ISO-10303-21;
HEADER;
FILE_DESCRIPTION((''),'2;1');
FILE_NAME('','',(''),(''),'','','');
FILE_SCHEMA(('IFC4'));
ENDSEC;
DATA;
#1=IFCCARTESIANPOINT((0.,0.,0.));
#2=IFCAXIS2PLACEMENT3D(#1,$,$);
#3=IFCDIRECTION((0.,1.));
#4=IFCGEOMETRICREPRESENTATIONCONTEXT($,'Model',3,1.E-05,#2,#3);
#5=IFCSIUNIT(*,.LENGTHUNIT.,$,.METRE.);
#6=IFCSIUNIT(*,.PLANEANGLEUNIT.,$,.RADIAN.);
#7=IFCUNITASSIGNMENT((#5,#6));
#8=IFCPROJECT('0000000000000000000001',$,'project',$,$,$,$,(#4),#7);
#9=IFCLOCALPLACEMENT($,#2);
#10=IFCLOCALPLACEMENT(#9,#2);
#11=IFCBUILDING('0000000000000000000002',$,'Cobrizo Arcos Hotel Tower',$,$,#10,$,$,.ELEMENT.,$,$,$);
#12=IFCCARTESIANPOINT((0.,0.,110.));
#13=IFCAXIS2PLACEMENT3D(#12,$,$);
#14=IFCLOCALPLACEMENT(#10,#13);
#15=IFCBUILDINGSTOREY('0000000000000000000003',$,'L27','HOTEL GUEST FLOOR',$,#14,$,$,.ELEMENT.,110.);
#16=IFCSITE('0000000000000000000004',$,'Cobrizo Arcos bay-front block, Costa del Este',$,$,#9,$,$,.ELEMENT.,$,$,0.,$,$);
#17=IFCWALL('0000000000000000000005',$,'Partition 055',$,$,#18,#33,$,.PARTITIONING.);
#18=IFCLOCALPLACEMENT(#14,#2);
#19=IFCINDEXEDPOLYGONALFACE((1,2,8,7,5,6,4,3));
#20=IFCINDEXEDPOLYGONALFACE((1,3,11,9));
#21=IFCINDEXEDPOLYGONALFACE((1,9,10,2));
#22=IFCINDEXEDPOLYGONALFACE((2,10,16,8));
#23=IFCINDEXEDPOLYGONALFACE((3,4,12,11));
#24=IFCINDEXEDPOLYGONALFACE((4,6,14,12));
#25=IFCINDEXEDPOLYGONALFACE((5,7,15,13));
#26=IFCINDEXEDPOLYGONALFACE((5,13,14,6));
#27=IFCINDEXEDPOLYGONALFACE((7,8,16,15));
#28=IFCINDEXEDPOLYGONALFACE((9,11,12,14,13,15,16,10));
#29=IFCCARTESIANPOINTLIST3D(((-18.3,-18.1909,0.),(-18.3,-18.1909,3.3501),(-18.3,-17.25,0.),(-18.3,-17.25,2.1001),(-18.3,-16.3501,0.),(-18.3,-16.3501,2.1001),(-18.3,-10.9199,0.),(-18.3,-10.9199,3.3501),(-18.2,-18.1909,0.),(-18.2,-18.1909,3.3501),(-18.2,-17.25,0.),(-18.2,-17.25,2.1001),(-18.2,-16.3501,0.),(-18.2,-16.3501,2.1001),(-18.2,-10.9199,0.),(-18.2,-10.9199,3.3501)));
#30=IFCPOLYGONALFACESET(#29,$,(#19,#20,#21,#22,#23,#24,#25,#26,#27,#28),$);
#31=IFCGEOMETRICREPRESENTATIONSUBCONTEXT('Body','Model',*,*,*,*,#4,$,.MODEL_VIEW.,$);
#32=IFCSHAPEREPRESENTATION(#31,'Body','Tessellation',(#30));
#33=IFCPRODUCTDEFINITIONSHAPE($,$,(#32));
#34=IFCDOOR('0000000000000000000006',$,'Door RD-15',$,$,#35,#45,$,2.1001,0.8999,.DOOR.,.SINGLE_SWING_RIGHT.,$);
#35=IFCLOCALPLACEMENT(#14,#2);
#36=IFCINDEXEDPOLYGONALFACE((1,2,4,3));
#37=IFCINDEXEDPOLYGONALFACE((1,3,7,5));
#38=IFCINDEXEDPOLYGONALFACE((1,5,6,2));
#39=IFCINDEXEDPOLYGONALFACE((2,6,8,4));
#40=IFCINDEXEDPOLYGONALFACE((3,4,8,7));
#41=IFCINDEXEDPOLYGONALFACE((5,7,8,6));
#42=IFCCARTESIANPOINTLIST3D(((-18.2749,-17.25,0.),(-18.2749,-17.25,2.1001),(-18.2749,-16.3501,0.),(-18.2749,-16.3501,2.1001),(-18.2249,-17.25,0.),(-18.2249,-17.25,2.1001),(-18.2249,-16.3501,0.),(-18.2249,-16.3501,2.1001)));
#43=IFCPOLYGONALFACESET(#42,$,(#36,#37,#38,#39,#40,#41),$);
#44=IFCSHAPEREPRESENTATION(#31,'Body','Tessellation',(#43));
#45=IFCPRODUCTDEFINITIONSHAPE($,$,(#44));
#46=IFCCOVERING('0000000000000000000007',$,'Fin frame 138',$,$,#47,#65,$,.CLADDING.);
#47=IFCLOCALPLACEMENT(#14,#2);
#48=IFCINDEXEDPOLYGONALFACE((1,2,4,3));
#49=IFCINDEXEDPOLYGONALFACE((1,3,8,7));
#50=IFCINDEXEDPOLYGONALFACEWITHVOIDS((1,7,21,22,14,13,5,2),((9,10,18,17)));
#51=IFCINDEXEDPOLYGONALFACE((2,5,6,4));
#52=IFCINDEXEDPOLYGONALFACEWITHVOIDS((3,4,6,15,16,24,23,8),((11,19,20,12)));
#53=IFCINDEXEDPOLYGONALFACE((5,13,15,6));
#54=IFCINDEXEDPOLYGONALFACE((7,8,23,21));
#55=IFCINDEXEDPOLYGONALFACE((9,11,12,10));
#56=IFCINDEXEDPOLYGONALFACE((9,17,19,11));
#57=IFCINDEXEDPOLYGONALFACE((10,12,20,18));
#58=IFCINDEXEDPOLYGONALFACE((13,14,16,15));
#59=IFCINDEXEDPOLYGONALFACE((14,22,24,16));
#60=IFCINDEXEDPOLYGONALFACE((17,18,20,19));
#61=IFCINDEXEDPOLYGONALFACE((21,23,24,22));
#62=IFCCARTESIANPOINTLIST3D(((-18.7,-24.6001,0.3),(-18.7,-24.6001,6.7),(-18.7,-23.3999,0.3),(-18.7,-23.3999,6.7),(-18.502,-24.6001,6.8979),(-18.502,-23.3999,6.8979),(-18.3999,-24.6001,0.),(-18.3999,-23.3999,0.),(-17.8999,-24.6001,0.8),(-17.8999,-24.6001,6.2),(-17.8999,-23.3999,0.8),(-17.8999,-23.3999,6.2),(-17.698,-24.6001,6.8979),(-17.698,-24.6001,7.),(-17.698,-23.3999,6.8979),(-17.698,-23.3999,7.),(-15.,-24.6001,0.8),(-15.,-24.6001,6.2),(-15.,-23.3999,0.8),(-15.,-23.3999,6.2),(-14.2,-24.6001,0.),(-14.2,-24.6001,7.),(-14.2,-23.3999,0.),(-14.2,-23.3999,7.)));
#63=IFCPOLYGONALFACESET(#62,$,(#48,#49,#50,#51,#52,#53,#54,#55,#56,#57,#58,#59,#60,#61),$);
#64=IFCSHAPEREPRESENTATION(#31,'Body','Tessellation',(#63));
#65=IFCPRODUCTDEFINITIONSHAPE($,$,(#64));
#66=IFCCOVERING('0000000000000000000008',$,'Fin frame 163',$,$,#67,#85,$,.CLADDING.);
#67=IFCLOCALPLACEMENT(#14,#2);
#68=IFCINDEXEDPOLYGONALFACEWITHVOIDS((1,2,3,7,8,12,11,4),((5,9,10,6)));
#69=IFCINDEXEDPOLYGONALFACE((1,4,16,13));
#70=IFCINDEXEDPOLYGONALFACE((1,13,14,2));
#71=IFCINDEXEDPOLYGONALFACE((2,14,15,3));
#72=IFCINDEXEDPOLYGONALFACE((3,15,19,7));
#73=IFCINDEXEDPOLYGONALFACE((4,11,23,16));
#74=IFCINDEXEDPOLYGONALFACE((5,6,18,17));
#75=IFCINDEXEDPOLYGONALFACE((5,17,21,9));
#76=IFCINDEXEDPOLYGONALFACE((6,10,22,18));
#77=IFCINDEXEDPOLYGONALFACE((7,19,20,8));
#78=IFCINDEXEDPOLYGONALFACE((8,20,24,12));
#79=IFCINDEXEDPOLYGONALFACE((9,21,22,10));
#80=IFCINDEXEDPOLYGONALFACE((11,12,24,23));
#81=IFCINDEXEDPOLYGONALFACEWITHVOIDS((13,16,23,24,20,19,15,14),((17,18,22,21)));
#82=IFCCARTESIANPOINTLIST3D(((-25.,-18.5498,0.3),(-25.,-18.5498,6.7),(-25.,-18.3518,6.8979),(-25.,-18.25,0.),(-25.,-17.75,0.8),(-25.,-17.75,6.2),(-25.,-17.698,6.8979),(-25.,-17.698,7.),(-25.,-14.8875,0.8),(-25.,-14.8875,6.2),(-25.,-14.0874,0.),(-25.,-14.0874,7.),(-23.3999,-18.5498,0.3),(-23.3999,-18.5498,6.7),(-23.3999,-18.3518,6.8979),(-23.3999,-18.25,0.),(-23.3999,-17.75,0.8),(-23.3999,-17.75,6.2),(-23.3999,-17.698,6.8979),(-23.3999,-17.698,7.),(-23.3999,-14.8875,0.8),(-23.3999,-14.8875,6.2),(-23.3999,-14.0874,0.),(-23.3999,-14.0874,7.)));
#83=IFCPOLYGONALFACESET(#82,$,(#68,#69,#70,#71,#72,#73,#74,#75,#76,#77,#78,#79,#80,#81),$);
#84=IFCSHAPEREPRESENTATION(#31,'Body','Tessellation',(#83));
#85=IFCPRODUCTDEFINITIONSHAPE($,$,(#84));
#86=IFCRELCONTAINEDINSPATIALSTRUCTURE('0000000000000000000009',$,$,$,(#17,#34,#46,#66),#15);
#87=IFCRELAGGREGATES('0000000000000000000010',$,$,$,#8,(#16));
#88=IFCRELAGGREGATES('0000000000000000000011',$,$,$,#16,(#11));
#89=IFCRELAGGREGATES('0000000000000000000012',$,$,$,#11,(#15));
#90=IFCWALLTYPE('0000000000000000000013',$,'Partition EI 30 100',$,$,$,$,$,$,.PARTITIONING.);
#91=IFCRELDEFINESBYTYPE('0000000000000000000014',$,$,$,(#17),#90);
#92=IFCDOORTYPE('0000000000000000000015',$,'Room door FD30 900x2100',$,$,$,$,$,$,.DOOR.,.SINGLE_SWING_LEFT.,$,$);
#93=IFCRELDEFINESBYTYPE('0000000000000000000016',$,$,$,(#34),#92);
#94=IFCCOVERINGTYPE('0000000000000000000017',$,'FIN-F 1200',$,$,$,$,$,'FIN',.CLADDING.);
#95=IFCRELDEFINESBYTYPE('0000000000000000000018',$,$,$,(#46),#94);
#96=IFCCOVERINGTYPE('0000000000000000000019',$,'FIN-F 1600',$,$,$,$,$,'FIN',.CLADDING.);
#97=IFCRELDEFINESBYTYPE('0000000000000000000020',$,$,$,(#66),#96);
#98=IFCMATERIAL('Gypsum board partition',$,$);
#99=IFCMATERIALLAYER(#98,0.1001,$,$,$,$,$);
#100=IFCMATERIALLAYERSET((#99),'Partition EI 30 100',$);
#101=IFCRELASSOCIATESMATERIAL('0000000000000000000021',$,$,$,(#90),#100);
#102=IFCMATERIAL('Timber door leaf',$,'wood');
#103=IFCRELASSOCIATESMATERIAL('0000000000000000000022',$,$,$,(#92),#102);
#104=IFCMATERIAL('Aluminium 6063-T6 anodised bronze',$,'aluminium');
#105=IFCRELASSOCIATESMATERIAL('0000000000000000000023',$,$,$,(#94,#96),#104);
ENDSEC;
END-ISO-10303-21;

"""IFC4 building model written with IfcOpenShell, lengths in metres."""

from ifc_helpers import new_model, si_unit, direction, frame, frame_2d, origin, place, context, subcontext, project, spatial, polyline, rectangle, outline, extrude, material, layer, layer_set, type_object, element, fill, save


model = new_model("IFC4")

# Units and contexts
model_context = context("Model", 3, precision=1e-05, world=origin(), true_north=direction((0.0, 1.0)))
body_context = subcontext(model_context, "Body", "Model", "MODEL_VIEW")
ifc_project = project(units=[si_unit("LENGTHUNIT", "METRE"), si_unit("PLANEANGLEUNIT", "RADIAN")], contexts=[model_context])

# Site, building, storey
site_placement = place(None, origin())
site = spatial("IfcSite", under=ifc_project, at=site_placement, Name="Cobrizo Arcos bay-front block, Costa del Este", CompositionType="ELEMENT", RefElevation=0.0)
building_placement = place(site_placement, origin())
building = spatial("IfcBuilding", under=site, at=building_placement, Name="Cobrizo Arcos Hotel Tower", CompositionType="ELEMENT")
storey_placement = place(building_placement, frame((0.0, 0.0, 110.0)))
storey = spatial("IfcBuildingStorey", under=building, at=storey_placement, Name="L27", Description="HOTEL GUEST FLOOR", CompositionType="ELEMENT", Elevation=110.0)

# Shared definitions
ifc_material_1 = material(Name="Aluminium 6063-T6 anodised bronze", Category="aluminium")

# Shared definitions
ifc_material_2 = material(Name="Gypsum board partition")
ifc_layer_1 = layer(ifc_material_2, 0.1001)
ifc_layer_set_1 = layer_set([ifc_layer_1], Name="Partition EI 30 100")
wall_type = type_object("IfcWallType", Name="Partition EI 30 100", PredefinedType="PARTITIONING", material=ifc_layer_set_1)

# Wall, opening, door
ifc_material_3 = material(Name="Timber door leaf", Category="wood")
wall_1_placement = place(storey_placement, frame((-18.25, -18.1909, 0.0), z_axis=(0.0, 0.0, 1.0), x_axis=(0.0, 1.0, 0.0)))
wall_1 = element("IfcWall", 1, at=wall_1_placement, inside=storey, type_object=wall_type, Name="Partition 055", PredefinedType="PARTITIONING", context=body_context, shape_type="SweptSolid", body=[
    extrude(rectangle(XDim=7.271, YDim=0.1001, at=frame_2d((3.6355, 0.0))), origin(), (0.0, 0.0, 1.0), 3.3501),
])
opening_1_placement = place(wall_1_placement, frame((0.9409, 0.0, 0.0)))
opening_1 = element("IfcOpeningElement", 2, at=opening_1_placement, cuts=wall_1, PredefinedType="OPENING", context=body_context, shape_type="SweptSolid", body=[
    extrude(rectangle(XDim=0.8999, YDim=2.1001, at=frame_2d((0.45, 1.05))), frame((0.0, 0.062, 0.0), z_axis=(0.0, -1.0, 0.0), x_axis=(1.0, 0.0, 0.0)), (0.0, 0.0, 1.0), 0.124),
])
door_type_1 = type_object("IfcDoorType", Name="Room door FD30 900x2100", OperationType="SINGLE_SWING_LEFT", PredefinedType="DOOR", material=ifc_material_3)
door_1_placement = place(opening_1_placement, origin())
door_1 = element("IfcDoor", 3, at=door_1_placement, inside=storey, type_object=door_type_1, Name="Door RD-15", OperationType="SINGLE_SWING_RIGHT", OverallHeight=2.1001, OverallWidth=0.8999, PredefinedType="DOOR", context=body_context, shape_type="SweptSolid", body=[
    extrude(rectangle(XDim=0.8999, YDim=2.1001, at=frame_2d((0.45, 1.05))), frame((0.0, 0.0249, 0.0), z_axis=(0.0, -1.0, 0.0), x_axis=(1.0, 0.0, 0.0)), (0.0, 0.0, 1.0), 0.05),
])
fill(opening_1, door_1)

# Coverings
covering_type_1 = type_object("IfcCoveringType", Name="FIN-F 1200", ElementType="FIN", PredefinedType="CLADDING", material=ifc_material_1)
covering_1_placement = place(storey_placement, frame((-18.7, -23.3999, 0.0), z_axis=(0.0, -1.0, 0.0), x_axis=(1.0, 0.0, 0.0)))
element("IfcCovering", 4, at=covering_1_placement, inside=storey, type_object=covering_type_1, Name="Fin frame 138", PredefinedType="CLADDING", context=body_context, shape_type="SweptSolid", body=[
    extrude(outline(polyline([(4.5, 7.0), (1.002, 7.0), (1.002, 6.8979), (0.198, 6.8979), (0.0, 6.7), (0.0, 0.3), (0.3, 0.0), (4.5, 0.0), (4.5, 7.0)]), holes=[polyline([(3.7, 0.8), (0.8, 0.8), (0.8, 6.2), (3.7, 6.2), (3.7, 0.8)])]), origin(), (0.0, 0.0, 1.0), 1.2002),
])
covering_type_2 = type_object("IfcCoveringType", Name="FIN-F 1600", ElementType="FIN", PredefinedType="CLADDING", material=ifc_material_1)
covering_2_placement = place(storey_placement, frame((-23.3999, -14.0874, 0.0), z_axis=(-1.0, 0.0, 0.0), x_axis=(0.0, -1.0, 0.0)))
element("IfcCovering", 5, at=covering_2_placement, inside=storey, type_object=covering_type_2, Name="Fin frame 163", PredefinedType="CLADDING", context=body_context, shape_type="SweptSolid", body=[
    extrude(outline(polyline([(4.4624, 6.7), (4.2644, 6.8979), (3.6106, 6.8979), (3.6106, 7.0), (0.0, 7.0), (0.0, 0.0), (4.1626, 0.0), (4.4624, 0.3), (4.4624, 6.7)]), holes=[polyline([(3.6626, 0.8), (0.8, 0.8), (0.8, 6.2), (3.6626, 6.2), (3.6626, 0.8)])]), origin(), (0.0, 0.0, 1.0), 1.6001),
])

save(model, "model.ifc")
